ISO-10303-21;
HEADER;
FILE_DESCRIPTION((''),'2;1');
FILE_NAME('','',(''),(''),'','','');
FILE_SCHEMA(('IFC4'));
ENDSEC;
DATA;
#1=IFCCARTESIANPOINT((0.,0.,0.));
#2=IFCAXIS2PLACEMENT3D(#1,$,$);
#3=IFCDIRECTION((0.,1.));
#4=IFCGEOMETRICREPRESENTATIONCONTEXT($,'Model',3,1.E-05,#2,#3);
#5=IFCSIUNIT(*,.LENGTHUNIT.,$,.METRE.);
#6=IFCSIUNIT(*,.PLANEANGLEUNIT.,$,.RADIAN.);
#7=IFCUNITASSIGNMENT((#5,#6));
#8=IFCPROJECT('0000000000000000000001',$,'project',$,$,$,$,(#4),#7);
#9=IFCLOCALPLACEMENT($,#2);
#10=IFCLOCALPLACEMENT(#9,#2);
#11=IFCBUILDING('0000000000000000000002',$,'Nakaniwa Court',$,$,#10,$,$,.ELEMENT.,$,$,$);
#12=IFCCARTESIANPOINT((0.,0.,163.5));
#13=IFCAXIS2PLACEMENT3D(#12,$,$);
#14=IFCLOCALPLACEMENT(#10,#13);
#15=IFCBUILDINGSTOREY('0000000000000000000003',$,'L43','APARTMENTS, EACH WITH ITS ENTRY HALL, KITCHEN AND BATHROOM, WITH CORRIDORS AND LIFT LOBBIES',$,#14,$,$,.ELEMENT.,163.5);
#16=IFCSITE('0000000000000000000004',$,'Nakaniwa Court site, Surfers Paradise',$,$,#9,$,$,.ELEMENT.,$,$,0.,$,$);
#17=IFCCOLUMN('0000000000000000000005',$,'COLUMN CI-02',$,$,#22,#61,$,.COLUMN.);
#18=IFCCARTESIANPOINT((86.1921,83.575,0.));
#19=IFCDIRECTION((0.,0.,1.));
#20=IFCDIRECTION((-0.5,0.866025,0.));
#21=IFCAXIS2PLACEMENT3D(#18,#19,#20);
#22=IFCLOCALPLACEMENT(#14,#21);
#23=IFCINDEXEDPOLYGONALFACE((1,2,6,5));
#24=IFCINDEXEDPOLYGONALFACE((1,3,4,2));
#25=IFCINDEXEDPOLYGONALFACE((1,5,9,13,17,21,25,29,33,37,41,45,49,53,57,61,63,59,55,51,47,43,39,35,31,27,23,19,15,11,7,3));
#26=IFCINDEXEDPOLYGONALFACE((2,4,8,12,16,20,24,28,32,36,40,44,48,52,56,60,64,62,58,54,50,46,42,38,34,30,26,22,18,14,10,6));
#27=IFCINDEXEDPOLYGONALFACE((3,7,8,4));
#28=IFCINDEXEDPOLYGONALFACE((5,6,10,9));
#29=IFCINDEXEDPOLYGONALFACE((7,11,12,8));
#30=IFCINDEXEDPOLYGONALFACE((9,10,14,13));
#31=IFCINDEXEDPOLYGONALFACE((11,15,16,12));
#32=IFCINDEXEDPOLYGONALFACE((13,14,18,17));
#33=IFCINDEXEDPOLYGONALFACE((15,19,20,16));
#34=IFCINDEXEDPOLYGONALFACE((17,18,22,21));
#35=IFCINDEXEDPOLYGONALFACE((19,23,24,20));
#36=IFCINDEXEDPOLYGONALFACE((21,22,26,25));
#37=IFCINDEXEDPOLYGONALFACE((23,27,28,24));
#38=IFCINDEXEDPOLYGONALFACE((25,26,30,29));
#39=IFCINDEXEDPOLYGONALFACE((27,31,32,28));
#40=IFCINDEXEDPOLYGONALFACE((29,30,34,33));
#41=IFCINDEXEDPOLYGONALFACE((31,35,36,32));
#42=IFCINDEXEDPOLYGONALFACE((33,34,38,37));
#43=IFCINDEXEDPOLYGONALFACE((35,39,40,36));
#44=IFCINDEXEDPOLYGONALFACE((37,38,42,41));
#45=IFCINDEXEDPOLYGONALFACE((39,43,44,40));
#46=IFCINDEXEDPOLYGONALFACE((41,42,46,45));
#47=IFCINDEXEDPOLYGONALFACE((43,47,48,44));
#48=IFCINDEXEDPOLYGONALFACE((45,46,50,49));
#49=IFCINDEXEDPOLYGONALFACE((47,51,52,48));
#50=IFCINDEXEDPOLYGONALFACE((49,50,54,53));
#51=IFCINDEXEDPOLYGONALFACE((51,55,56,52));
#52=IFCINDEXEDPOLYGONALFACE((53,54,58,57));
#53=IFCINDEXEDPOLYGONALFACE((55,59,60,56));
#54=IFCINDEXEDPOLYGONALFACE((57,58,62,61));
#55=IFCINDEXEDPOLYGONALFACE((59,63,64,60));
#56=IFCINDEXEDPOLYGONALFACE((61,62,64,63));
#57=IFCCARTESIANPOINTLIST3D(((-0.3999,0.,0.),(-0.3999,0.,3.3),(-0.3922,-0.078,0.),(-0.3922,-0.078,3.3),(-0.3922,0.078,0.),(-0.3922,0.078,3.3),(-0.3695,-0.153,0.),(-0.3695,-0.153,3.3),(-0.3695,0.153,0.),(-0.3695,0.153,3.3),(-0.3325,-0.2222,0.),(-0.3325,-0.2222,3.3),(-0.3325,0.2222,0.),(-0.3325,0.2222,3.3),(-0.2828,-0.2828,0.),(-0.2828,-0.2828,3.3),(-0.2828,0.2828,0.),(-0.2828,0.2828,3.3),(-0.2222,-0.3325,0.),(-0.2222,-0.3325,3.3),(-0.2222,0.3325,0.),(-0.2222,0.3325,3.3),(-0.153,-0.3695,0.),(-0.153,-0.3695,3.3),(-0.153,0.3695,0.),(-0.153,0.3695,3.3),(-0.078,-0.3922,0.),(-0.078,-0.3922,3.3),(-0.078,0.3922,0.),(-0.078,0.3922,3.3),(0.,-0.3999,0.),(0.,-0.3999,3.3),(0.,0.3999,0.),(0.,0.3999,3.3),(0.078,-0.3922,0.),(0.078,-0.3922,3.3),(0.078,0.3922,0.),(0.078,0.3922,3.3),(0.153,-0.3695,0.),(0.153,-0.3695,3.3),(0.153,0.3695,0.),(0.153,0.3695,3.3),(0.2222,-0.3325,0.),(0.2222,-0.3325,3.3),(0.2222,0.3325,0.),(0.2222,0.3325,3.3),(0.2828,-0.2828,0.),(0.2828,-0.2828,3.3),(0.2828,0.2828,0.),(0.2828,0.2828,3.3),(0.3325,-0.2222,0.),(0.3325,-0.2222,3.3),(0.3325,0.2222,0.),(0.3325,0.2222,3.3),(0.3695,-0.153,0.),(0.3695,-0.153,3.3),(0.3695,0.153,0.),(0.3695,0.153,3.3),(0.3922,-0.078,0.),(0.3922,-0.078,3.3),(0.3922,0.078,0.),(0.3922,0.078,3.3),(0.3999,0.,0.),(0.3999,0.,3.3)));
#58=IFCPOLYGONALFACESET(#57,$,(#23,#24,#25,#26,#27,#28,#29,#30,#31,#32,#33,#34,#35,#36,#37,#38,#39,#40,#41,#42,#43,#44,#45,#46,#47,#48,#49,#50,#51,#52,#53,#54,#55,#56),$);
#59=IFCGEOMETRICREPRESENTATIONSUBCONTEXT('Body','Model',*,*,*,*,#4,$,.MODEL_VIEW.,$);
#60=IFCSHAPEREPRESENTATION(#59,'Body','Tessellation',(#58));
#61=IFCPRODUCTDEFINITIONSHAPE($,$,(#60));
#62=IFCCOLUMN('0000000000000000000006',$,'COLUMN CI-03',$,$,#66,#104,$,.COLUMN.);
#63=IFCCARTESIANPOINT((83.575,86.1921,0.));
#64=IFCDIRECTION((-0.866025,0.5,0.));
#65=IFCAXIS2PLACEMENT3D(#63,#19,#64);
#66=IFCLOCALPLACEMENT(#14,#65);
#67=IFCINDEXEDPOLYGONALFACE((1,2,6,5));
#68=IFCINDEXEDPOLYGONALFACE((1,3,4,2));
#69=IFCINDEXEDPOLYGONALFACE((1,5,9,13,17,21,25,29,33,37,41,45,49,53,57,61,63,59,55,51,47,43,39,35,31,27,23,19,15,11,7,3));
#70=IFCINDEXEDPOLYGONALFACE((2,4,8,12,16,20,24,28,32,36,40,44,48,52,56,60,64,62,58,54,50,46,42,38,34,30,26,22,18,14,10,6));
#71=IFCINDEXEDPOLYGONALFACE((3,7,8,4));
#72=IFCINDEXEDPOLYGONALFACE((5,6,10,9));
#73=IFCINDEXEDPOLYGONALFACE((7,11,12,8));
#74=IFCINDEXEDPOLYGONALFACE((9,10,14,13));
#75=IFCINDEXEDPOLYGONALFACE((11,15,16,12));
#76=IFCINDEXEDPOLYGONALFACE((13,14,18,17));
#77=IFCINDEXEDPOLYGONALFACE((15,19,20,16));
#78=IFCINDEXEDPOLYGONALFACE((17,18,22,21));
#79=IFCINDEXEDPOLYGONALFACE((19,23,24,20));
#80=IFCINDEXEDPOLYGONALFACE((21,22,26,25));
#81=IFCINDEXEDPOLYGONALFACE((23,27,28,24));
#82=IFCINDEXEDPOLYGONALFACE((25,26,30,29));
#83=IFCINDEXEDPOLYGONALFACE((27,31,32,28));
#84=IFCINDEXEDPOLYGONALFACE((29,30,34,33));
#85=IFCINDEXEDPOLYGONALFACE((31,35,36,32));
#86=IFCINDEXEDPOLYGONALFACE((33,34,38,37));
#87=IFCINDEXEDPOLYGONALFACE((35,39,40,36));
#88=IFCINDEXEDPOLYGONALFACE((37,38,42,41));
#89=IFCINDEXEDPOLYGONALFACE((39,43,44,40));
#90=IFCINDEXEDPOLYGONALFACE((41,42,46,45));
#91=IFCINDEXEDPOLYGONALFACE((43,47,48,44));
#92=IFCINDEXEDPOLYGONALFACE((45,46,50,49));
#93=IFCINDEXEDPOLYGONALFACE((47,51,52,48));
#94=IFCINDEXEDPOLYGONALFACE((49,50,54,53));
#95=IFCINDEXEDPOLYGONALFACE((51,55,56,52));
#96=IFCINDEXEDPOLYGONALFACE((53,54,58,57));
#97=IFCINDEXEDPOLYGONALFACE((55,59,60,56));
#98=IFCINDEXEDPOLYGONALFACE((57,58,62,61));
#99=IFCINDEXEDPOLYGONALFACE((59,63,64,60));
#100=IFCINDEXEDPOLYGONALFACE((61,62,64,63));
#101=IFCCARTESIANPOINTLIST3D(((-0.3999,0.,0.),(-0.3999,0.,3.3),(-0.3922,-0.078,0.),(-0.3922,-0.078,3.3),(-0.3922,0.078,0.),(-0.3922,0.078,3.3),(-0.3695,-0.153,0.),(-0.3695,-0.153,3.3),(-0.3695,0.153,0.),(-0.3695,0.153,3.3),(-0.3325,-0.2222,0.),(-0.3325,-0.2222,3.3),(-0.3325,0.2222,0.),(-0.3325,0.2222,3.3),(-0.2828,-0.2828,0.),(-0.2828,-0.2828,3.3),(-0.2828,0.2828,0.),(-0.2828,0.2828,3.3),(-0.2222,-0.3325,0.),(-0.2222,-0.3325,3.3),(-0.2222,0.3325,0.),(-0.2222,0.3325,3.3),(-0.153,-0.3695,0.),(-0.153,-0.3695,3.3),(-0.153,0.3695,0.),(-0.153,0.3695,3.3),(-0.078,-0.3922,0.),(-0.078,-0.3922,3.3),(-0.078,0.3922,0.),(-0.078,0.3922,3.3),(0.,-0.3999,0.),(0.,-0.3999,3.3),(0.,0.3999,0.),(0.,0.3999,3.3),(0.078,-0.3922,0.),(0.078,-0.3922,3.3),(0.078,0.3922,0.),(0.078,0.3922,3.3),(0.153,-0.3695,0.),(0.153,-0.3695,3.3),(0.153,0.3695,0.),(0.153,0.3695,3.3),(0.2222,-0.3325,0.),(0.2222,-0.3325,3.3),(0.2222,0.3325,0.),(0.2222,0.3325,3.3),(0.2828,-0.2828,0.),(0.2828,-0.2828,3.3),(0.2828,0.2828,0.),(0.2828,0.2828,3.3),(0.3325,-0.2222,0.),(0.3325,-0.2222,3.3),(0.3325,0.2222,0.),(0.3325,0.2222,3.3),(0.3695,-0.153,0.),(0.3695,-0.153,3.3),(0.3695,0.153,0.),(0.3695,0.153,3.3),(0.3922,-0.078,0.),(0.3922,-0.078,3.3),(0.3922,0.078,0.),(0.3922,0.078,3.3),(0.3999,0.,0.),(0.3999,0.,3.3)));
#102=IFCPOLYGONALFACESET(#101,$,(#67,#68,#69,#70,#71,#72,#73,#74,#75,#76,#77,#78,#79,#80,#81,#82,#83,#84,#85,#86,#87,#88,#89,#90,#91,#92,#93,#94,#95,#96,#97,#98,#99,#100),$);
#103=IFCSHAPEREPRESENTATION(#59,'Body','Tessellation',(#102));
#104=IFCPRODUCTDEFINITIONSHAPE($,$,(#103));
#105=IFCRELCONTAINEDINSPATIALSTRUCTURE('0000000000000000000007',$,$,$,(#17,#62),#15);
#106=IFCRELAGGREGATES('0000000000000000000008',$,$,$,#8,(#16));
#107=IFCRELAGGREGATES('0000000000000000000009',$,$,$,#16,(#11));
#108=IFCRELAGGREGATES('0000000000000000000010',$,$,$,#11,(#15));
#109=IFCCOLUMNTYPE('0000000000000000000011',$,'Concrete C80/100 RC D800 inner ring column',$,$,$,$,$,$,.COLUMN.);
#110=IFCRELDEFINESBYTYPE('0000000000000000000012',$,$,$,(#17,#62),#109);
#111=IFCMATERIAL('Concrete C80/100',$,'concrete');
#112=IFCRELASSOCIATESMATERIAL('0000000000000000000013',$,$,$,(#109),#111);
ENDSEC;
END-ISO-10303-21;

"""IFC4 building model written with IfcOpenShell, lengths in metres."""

from ifc_helpers import new_model, si_unit, direction, frame, origin, origin_2d, place, context, subcontext, project, spatial, circle, extrude, material, material_profile, profile_set, type_object, element, save


model = new_model("IFC4")

# Units and contexts
model_context = context("Model", 3, precision=1e-05, world=origin(), true_north=direction((0.0, 1.0)))
body_context = subcontext(model_context, "Body", "Model", "MODEL_VIEW")
ifc_project = project(units=[si_unit("LENGTHUNIT", "METRE"), si_unit("PLANEANGLEUNIT", "RADIAN")], contexts=[model_context])

# Site, building, storey
site_placement = place(None, origin())
site = spatial("IfcSite", under=ifc_project, at=site_placement, Name="Nakaniwa Court site, Surfers Paradise", CompositionType="ELEMENT", RefElevation=0.0)
building_placement = place(site_placement, origin())
building = spatial("IfcBuilding", under=site, at=building_placement, Name="Nakaniwa Court", CompositionType="ELEMENT")
storey_placement = place(building_placement, frame((0.0, 0.0, 163.5)))
storey = spatial("IfcBuildingStorey", under=building, at=storey_placement, Name="L43", Description="APARTMENTS, EACH WITH ITS ENTRY HALL, KITCHEN AND BATHROOM, WITH CORRIDORS AND LIFT LOBBIES", CompositionType="ELEMENT", Elevation=163.5)

# Columns
ifc_material_1 = material(Name="Concrete C80/100", Category="concrete")
ifc_material_profile_1 = material_profile(ifc_material_1, circle(Radius=0.3999, at=origin_2d()), Name="Concrete C80/100 RC D800 inner ring column")
ifc_profile_set_1 = profile_set([ifc_material_profile_1], Name="Concrete C80/100")
column_type_1 = type_object("IfcColumnType", Name="Concrete C80/100 RC D800 inner ring column", PredefinedType="COLUMN", material=ifc_profile_set_1)
for number, where, z_axis, x_axis, name in (
    (1, (86.1921, 83.575, 0.0), (0.0, 0.0, 1.0), (-0.5, 0.866025, 0.0), "COLUMN CI-02"),
    (2, (83.575, 86.1921, 0.0), (0.0, 0.0, 1.0), (-0.866025, 0.5, 0.0), "COLUMN CI-03"),
):
    element("IfcColumn", number, at=place(storey_placement, frame(where, z_axis=z_axis, x_axis=x_axis)), inside=storey, type_object=column_type_1, Name=name, PredefinedType="COLUMN", context=body_context, shape_type="SweptSolid", body=[
        extrude(circle(Radius=0.3999, at=origin_2d()), origin(), (0.0, 0.0, 1.0), 3.3),
    ])

save(model, "model.ifc")
